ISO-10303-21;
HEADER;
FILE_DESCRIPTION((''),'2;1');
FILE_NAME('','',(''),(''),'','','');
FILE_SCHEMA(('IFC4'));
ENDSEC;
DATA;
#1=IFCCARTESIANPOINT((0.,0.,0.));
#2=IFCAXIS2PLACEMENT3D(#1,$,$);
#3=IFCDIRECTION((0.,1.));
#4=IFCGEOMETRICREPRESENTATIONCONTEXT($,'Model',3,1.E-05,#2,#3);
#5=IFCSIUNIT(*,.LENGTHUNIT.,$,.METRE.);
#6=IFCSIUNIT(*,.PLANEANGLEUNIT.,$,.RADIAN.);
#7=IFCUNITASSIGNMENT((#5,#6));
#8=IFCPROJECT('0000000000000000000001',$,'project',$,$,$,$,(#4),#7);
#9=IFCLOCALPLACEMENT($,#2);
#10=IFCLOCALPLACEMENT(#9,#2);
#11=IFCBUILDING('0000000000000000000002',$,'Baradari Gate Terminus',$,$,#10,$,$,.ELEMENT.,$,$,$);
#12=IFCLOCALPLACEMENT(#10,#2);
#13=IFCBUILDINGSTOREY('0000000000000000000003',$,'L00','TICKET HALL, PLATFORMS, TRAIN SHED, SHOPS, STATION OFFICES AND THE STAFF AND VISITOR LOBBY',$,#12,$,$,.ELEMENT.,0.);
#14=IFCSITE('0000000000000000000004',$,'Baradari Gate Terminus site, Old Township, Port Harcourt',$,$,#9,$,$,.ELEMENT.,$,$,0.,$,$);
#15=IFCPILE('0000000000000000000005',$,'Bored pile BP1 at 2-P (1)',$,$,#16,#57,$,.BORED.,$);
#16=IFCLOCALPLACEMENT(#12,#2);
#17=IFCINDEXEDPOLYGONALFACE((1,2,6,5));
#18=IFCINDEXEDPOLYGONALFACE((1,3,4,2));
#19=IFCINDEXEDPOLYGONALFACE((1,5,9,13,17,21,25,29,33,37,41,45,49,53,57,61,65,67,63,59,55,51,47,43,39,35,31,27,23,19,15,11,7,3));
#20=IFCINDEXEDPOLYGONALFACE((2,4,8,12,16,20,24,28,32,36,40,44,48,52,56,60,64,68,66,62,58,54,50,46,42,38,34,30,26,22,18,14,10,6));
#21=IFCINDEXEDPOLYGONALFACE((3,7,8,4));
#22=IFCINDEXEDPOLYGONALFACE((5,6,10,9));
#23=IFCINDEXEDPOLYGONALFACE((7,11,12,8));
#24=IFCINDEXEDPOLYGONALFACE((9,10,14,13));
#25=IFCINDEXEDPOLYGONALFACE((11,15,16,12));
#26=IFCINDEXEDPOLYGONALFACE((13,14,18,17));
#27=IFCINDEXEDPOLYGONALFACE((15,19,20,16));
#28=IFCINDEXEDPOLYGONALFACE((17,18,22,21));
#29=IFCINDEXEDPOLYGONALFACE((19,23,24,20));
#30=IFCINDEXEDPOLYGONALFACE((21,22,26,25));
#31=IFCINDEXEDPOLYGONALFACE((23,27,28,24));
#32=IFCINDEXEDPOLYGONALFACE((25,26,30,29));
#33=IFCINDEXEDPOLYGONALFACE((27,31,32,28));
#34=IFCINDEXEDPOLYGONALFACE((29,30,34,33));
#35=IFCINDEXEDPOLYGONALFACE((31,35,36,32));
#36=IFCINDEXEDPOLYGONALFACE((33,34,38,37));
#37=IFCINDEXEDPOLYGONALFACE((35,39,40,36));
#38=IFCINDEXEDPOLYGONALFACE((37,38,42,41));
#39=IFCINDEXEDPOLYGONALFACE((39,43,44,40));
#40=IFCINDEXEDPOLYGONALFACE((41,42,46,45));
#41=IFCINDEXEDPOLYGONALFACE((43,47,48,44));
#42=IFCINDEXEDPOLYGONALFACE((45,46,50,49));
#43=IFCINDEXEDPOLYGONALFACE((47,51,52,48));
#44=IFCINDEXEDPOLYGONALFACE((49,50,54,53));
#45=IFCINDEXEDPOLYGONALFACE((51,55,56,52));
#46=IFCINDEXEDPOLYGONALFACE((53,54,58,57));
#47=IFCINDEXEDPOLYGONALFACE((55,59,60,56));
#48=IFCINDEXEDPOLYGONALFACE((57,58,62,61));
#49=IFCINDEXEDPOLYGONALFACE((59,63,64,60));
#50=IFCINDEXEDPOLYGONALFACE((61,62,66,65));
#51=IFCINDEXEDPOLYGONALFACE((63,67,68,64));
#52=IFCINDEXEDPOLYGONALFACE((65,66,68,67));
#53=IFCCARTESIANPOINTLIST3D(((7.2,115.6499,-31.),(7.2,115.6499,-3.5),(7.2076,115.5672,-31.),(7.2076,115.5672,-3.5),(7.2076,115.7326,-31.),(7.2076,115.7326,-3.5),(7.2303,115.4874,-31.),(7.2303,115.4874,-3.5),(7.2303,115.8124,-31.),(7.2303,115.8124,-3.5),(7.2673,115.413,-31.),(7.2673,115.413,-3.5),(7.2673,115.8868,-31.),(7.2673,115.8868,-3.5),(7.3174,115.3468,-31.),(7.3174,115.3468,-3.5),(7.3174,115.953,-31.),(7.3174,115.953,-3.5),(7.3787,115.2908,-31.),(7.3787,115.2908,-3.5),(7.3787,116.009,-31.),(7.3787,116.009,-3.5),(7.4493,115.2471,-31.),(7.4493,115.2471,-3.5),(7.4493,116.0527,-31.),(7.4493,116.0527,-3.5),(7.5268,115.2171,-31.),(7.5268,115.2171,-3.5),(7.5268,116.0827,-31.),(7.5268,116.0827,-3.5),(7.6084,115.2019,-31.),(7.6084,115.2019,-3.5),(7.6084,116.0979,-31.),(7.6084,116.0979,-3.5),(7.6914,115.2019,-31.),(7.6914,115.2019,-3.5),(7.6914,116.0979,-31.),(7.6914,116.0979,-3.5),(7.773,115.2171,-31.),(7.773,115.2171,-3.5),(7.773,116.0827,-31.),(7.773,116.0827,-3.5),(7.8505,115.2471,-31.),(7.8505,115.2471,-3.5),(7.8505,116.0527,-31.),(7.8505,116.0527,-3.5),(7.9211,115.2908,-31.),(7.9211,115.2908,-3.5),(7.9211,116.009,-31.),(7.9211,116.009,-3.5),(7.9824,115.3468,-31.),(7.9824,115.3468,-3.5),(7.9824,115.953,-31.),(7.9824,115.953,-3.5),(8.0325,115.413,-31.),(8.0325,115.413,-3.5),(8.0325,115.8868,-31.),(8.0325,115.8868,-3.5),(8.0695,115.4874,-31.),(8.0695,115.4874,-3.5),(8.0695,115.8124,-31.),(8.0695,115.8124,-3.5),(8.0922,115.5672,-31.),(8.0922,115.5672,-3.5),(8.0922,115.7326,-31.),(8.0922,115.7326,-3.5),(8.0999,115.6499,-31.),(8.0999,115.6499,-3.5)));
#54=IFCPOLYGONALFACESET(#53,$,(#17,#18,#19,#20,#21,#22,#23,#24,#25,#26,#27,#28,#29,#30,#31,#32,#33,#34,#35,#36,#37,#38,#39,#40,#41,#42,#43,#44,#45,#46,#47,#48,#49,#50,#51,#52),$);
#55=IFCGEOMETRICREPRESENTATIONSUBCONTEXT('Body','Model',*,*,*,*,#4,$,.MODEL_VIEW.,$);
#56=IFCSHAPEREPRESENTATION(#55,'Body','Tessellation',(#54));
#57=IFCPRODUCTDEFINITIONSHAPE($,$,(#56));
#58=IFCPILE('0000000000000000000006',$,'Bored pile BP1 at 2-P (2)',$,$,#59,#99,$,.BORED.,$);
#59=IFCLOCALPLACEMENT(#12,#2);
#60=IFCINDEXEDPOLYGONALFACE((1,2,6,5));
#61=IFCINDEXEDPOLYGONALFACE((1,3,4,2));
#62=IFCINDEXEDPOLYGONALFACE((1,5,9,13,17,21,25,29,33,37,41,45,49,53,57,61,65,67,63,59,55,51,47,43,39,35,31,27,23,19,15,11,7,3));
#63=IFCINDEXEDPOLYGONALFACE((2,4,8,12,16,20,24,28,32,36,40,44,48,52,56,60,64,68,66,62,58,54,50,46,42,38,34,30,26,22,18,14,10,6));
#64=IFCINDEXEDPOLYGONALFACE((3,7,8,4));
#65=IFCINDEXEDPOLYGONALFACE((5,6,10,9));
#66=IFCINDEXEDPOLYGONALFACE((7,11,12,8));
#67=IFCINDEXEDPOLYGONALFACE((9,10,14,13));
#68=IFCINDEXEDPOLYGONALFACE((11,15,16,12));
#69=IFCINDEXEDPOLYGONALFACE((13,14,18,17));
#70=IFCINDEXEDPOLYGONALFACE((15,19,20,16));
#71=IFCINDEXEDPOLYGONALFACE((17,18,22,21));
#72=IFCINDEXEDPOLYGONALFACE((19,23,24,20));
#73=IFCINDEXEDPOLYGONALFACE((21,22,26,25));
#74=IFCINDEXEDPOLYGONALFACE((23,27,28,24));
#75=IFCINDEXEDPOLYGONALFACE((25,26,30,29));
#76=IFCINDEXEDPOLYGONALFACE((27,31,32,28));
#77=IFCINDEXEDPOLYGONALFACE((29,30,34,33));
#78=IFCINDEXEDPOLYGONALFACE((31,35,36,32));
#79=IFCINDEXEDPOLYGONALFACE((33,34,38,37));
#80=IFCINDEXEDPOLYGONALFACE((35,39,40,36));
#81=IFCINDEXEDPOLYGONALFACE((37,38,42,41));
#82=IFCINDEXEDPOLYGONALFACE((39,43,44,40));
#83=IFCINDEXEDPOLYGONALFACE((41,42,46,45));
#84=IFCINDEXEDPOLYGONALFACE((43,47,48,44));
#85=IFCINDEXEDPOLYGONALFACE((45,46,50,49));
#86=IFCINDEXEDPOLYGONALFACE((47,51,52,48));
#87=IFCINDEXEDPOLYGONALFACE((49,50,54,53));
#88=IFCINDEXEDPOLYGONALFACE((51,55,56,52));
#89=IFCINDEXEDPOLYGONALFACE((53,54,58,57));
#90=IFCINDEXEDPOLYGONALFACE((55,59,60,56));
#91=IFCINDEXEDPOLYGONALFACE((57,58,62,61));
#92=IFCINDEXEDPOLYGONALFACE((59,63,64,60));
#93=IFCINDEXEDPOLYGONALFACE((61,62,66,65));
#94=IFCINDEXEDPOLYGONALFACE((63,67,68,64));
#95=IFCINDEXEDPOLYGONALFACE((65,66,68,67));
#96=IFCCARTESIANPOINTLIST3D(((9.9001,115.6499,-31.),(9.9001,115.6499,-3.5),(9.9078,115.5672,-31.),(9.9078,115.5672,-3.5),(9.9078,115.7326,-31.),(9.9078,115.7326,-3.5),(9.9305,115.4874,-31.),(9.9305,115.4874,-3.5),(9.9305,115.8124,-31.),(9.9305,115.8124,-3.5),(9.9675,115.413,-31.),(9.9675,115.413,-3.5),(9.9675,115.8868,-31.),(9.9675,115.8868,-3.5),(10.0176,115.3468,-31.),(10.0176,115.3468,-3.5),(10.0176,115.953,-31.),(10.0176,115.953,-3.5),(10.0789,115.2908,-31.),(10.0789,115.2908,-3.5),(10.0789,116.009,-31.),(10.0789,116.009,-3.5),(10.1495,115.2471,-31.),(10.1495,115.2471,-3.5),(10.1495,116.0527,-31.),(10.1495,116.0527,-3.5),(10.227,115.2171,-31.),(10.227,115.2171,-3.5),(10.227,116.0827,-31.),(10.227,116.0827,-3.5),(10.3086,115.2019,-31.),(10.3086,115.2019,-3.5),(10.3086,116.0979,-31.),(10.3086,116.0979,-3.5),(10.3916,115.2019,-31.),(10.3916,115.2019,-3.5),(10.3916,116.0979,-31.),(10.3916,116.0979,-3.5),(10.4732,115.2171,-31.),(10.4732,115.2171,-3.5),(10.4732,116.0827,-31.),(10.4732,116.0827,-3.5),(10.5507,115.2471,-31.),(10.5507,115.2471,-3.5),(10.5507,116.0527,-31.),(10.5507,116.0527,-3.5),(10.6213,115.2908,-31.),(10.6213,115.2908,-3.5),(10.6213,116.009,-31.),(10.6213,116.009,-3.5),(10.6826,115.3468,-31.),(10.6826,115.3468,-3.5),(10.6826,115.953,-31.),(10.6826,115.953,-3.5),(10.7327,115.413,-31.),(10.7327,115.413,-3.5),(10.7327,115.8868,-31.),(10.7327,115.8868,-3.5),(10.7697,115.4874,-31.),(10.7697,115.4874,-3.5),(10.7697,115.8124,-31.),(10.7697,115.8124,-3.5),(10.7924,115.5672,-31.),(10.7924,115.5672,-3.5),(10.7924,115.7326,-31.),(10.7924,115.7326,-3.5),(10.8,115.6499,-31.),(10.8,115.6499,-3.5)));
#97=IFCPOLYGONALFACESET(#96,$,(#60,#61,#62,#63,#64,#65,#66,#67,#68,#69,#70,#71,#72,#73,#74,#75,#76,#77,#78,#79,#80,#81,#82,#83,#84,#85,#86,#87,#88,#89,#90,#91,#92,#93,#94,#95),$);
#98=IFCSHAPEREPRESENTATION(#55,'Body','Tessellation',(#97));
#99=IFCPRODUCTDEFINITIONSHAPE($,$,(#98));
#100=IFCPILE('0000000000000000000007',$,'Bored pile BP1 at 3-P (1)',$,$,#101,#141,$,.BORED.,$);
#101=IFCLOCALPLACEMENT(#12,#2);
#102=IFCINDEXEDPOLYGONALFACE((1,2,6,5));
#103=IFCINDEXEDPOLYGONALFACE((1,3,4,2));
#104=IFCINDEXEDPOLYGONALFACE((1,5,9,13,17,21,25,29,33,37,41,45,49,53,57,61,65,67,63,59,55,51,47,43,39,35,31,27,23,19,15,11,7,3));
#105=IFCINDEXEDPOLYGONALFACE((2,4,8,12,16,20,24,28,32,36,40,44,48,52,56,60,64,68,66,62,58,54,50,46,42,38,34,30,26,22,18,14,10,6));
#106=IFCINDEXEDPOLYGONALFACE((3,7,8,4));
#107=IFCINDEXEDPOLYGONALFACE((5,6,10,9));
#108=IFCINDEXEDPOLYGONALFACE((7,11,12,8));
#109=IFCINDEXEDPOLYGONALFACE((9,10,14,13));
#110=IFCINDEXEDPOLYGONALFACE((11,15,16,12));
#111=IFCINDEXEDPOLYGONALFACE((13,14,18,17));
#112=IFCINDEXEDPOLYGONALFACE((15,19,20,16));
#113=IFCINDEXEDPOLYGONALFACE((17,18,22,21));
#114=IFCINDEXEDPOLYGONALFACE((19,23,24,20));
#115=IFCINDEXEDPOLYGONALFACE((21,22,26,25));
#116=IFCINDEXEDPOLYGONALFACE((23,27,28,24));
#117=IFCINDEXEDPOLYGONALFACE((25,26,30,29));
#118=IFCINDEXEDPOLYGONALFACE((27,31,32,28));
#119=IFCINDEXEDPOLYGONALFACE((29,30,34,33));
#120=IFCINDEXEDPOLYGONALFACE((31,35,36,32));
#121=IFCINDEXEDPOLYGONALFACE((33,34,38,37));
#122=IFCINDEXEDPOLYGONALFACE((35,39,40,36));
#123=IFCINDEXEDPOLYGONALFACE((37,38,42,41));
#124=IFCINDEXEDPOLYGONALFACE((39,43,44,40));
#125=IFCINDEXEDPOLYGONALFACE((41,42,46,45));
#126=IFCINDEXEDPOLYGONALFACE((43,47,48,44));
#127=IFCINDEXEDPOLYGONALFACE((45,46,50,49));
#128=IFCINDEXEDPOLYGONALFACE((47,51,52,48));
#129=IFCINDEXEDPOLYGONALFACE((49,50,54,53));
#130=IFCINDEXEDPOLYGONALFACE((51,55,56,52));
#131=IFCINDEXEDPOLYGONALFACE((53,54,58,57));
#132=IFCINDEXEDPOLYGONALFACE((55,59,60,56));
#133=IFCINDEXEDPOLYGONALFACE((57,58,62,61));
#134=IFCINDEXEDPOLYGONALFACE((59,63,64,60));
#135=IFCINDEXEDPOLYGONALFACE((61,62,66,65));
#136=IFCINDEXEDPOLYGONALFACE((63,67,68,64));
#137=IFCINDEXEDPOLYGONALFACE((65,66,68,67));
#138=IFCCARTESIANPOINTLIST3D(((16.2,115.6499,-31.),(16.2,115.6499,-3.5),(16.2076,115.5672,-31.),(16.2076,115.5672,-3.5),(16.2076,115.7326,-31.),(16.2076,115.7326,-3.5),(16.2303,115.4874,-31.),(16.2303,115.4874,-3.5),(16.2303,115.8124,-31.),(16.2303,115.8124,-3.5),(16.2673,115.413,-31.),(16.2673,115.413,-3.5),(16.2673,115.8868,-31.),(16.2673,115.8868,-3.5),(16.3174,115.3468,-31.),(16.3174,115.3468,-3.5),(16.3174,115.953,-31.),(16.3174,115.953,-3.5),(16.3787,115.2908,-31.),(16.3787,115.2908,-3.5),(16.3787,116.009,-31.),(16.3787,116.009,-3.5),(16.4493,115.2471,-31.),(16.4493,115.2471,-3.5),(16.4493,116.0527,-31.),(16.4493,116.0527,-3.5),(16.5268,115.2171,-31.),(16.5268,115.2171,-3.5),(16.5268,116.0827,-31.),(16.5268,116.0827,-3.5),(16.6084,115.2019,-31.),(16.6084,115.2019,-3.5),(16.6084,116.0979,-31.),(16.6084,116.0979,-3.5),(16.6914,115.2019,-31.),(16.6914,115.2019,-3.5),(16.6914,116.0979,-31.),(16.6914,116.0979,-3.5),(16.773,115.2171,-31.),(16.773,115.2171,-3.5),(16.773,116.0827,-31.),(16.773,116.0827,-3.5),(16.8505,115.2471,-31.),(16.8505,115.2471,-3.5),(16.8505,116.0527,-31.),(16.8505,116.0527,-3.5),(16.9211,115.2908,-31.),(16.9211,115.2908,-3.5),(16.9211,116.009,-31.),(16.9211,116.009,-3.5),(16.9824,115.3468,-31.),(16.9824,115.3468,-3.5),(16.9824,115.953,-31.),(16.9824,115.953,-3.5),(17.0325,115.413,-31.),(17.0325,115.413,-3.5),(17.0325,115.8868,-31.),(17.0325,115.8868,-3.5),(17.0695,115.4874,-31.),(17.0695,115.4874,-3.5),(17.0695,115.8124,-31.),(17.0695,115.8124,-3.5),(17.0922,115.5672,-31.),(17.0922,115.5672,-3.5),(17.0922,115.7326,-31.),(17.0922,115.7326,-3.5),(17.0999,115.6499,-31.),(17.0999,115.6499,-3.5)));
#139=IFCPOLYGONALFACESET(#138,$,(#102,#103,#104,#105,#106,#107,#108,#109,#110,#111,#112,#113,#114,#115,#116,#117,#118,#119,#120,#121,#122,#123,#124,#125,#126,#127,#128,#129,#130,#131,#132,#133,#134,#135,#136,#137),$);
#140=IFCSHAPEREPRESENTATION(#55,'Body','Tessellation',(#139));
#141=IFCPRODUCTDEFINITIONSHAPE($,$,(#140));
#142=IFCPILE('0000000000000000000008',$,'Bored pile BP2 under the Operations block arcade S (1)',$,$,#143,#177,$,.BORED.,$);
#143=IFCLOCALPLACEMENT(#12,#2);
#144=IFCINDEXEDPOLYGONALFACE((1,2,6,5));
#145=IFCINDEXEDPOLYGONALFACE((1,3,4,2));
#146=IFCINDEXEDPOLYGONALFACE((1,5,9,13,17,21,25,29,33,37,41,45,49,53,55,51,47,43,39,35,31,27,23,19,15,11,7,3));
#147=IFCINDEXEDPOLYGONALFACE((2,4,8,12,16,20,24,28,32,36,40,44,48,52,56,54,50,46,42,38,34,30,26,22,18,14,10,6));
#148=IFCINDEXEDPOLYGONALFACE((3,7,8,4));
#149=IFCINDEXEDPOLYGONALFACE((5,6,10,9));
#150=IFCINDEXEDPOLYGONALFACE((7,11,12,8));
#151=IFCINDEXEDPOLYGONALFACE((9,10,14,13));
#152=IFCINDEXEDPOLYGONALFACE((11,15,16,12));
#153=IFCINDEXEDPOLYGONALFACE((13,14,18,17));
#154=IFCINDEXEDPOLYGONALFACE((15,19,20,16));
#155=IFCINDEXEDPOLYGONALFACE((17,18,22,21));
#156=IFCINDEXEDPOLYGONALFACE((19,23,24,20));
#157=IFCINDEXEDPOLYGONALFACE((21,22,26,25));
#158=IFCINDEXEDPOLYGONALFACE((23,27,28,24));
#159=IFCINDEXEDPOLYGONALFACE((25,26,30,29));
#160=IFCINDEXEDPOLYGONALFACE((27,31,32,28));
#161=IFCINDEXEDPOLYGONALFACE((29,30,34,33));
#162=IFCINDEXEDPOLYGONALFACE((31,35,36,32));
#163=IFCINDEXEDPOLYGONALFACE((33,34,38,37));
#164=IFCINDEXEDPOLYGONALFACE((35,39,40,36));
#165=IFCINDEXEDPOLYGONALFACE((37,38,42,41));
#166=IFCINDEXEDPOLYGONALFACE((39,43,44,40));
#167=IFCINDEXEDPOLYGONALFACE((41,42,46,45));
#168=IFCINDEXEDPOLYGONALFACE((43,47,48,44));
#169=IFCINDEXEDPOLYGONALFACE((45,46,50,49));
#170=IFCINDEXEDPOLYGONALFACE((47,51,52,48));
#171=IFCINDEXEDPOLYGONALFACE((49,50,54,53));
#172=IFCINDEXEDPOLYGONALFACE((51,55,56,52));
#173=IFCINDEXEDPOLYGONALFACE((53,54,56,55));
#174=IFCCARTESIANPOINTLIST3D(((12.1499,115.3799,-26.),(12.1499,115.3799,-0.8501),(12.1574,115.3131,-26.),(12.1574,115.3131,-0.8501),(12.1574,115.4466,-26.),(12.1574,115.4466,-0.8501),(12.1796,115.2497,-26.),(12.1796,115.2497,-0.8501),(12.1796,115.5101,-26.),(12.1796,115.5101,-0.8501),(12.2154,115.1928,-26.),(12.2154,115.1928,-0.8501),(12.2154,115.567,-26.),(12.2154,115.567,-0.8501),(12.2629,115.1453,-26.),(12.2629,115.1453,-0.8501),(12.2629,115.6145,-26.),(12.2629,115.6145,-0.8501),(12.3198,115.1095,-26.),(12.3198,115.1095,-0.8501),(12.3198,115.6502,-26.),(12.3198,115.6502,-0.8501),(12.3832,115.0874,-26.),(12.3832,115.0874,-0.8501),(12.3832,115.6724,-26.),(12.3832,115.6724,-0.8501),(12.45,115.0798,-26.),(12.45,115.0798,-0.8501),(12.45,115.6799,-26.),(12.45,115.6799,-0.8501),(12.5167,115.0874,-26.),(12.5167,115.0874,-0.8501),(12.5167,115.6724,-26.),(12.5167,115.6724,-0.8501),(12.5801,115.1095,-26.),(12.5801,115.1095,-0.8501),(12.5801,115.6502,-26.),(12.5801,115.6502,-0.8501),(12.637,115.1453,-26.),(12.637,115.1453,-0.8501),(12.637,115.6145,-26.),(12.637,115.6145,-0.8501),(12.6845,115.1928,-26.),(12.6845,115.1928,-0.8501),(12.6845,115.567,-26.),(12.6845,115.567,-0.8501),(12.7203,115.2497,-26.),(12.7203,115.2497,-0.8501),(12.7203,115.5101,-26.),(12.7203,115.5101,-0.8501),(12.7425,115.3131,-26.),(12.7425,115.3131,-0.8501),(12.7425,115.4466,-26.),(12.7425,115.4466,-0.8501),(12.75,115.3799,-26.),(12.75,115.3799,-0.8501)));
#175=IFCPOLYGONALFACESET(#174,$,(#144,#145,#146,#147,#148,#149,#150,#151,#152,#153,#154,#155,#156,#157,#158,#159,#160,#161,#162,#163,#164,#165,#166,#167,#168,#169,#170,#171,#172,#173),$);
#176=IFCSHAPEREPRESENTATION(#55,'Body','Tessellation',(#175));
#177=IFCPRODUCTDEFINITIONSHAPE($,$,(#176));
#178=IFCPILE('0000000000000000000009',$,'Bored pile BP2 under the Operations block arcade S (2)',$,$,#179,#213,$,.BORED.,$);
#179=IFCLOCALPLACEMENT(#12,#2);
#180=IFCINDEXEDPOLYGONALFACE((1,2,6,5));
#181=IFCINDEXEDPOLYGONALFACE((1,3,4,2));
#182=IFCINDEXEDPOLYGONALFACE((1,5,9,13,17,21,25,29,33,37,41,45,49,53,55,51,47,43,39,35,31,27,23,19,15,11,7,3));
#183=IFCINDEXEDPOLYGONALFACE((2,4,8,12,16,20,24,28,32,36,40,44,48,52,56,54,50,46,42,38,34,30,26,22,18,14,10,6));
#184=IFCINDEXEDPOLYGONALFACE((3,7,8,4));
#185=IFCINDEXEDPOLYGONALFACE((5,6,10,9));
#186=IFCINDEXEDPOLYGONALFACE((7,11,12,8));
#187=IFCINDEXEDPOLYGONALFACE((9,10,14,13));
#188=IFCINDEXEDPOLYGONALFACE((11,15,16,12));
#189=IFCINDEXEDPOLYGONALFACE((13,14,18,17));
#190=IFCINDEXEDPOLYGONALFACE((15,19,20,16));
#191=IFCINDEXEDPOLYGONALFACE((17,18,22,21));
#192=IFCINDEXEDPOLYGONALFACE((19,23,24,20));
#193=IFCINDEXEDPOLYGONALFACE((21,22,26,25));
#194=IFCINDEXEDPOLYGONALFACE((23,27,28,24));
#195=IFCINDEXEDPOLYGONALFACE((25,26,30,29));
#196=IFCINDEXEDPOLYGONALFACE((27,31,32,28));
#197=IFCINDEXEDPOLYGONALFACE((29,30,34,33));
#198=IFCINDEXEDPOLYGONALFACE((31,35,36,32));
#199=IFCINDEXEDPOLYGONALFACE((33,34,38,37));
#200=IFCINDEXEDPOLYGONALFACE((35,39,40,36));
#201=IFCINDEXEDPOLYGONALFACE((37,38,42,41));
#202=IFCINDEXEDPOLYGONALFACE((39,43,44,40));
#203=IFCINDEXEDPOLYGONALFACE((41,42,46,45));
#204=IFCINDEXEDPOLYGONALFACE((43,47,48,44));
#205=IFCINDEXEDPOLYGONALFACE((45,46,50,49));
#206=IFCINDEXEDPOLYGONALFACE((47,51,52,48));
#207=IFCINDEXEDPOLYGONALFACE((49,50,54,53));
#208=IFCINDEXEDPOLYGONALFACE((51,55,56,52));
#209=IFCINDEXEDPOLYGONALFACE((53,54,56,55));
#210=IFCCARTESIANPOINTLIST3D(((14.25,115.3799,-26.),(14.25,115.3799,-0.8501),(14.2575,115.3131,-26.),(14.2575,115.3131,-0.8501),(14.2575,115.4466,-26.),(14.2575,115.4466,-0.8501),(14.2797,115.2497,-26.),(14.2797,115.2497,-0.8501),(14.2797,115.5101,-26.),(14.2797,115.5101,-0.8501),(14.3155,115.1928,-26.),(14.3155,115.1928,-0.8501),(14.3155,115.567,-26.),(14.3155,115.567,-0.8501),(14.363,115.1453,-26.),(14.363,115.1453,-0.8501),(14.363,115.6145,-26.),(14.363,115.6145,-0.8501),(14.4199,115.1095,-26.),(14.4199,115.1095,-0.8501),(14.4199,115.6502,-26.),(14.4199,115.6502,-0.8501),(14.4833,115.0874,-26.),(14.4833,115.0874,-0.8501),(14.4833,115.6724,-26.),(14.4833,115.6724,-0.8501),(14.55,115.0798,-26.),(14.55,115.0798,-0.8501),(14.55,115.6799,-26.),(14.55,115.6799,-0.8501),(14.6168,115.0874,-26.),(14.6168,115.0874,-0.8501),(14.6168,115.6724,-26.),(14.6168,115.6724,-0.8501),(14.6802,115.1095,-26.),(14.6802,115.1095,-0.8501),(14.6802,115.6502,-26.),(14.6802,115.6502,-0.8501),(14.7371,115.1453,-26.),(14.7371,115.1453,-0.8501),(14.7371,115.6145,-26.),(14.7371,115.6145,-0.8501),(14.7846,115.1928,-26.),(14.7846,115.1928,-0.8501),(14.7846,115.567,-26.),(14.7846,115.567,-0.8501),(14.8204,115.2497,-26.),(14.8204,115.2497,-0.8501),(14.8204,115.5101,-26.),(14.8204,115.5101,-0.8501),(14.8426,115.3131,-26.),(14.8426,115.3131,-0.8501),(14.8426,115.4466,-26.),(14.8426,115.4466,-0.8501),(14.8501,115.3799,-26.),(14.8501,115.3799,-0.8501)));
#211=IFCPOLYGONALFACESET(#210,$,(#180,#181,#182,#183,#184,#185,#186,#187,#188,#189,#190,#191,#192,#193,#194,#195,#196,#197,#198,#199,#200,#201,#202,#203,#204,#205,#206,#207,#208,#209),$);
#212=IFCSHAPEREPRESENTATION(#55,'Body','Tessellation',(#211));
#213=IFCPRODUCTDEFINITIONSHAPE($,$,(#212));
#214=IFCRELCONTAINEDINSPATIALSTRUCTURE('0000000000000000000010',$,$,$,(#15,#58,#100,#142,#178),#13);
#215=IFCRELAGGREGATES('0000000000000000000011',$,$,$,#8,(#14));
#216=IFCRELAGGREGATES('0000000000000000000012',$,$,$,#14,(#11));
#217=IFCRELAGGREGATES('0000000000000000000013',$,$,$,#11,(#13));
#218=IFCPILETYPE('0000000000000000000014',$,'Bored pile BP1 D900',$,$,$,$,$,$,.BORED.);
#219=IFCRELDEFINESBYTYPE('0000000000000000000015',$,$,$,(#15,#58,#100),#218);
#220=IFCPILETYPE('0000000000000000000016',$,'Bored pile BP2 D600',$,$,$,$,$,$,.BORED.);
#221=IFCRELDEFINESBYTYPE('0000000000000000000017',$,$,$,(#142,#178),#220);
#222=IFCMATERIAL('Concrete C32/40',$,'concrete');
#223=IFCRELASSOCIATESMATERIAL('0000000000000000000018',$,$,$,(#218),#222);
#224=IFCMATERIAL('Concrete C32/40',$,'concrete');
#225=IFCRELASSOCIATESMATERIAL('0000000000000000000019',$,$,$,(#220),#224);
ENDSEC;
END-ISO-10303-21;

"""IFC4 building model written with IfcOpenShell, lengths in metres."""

from ifc_helpers import new_model, si_unit, direction, frame, origin, origin_2d, place, context, subcontext, project, spatial, circle, extrude, material, type_object, element, save


model = new_model("IFC4")

# Units and contexts
model_context = context("Model", 3, precision=1e-05, world=origin(), true_north=direction((0.0, 1.0)))
body_context = subcontext(model_context, "Body", "Model", "MODEL_VIEW")
ifc_project = project(units=[si_unit("LENGTHUNIT", "METRE"), si_unit("PLANEANGLEUNIT", "RADIAN")], contexts=[model_context])

# Site, building, storey
site_placement = place(None, origin())
site = spatial("IfcSite", under=ifc_project, at=site_placement, Name="Baradari Gate Terminus site, Old Township, Port Harcourt", CompositionType="ELEMENT", RefElevation=0.0)
building_placement = place(site_placement, origin())
building = spatial("IfcBuilding", under=site, at=building_placement, Name="Baradari Gate Terminus", CompositionType="ELEMENT")
storey_placement = place(building_placement, origin())
storey = spatial("IfcBuildingStorey", under=building, at=storey_placement, Name="L00", Description="TICKET HALL, PLATFORMS, TRAIN SHED, SHOPS, STATION OFFICES AND THE STAFF AND VISITOR LOBBY", CompositionType="ELEMENT", Elevation=0.0)

# Piles
ifc_material_1 = material(Name="Concrete C32/40", Category="concrete")
pile_type_1 = type_object("IfcPileType", Name="Bored pile BP1 D900", PredefinedType="BORED", material=ifc_material_1)
for number, where, z_axis, x_axis, name in (
    (1, (7.6499, 115.6499, -3.5), (0.0, 0.0, -1.0), (1.0, 0.0, 0.0), "Bored pile BP1 at 2-P (1)"),
    (2, (10.3501, 115.6499, -3.5), (0.0, 0.0, -1.0), (1.0, 0.0, 0.0), "Bored pile BP1 at 2-P (2)"),
    (3, (16.6499, 115.6499, -3.5), (0.0, 0.0, -1.0), (1.0, 0.0, 0.0), "Bored pile BP1 at 3-P (1)"),
):
    element("IfcPile", number, at=place(storey_placement, frame(where, z_axis=z_axis, x_axis=x_axis)), inside=storey, type_object=pile_type_1, Name=name, PredefinedType="BORED", context=body_context, shape_type="SweptSolid", body=[
        extrude(circle(Radius=0.45, at=origin_2d()), origin(), (0.0, 0.0, 1.0), 27.5),
    ])
ifc_material_2 = material(Name="Concrete C32/40", Category="concrete")
pile_type_2 = type_object("IfcPileType", Name="Bored pile BP2 D600", PredefinedType="BORED", material=ifc_material_2)
for number, where, z_axis, x_axis, name in (
    (4, (12.45, 115.3799, -0.8501), (0.0, 0.0, -1.0), (1.0, 0.0, 0.0), "Bored pile BP2 under the Operations block arcade S (1)"),
    (5, (14.55, 115.3799, -0.8501), (0.0, 0.0, -1.0), (1.0, 0.0, 0.0), "Bored pile BP2 under the Operations block arcade S (2)"),
):
    element("IfcPile", number, at=place(storey_placement, frame(where, z_axis=z_axis, x_axis=x_axis)), inside=storey, type_object=pile_type_2, Name=name, PredefinedType="BORED", context=body_context, shape_type="SweptSolid", body=[
        extrude(circle(Radius=0.3, at=origin_2d()), origin(), (0.0, 0.0, 1.0), 25.1499),
    ])

save(model, "model.ifc")
